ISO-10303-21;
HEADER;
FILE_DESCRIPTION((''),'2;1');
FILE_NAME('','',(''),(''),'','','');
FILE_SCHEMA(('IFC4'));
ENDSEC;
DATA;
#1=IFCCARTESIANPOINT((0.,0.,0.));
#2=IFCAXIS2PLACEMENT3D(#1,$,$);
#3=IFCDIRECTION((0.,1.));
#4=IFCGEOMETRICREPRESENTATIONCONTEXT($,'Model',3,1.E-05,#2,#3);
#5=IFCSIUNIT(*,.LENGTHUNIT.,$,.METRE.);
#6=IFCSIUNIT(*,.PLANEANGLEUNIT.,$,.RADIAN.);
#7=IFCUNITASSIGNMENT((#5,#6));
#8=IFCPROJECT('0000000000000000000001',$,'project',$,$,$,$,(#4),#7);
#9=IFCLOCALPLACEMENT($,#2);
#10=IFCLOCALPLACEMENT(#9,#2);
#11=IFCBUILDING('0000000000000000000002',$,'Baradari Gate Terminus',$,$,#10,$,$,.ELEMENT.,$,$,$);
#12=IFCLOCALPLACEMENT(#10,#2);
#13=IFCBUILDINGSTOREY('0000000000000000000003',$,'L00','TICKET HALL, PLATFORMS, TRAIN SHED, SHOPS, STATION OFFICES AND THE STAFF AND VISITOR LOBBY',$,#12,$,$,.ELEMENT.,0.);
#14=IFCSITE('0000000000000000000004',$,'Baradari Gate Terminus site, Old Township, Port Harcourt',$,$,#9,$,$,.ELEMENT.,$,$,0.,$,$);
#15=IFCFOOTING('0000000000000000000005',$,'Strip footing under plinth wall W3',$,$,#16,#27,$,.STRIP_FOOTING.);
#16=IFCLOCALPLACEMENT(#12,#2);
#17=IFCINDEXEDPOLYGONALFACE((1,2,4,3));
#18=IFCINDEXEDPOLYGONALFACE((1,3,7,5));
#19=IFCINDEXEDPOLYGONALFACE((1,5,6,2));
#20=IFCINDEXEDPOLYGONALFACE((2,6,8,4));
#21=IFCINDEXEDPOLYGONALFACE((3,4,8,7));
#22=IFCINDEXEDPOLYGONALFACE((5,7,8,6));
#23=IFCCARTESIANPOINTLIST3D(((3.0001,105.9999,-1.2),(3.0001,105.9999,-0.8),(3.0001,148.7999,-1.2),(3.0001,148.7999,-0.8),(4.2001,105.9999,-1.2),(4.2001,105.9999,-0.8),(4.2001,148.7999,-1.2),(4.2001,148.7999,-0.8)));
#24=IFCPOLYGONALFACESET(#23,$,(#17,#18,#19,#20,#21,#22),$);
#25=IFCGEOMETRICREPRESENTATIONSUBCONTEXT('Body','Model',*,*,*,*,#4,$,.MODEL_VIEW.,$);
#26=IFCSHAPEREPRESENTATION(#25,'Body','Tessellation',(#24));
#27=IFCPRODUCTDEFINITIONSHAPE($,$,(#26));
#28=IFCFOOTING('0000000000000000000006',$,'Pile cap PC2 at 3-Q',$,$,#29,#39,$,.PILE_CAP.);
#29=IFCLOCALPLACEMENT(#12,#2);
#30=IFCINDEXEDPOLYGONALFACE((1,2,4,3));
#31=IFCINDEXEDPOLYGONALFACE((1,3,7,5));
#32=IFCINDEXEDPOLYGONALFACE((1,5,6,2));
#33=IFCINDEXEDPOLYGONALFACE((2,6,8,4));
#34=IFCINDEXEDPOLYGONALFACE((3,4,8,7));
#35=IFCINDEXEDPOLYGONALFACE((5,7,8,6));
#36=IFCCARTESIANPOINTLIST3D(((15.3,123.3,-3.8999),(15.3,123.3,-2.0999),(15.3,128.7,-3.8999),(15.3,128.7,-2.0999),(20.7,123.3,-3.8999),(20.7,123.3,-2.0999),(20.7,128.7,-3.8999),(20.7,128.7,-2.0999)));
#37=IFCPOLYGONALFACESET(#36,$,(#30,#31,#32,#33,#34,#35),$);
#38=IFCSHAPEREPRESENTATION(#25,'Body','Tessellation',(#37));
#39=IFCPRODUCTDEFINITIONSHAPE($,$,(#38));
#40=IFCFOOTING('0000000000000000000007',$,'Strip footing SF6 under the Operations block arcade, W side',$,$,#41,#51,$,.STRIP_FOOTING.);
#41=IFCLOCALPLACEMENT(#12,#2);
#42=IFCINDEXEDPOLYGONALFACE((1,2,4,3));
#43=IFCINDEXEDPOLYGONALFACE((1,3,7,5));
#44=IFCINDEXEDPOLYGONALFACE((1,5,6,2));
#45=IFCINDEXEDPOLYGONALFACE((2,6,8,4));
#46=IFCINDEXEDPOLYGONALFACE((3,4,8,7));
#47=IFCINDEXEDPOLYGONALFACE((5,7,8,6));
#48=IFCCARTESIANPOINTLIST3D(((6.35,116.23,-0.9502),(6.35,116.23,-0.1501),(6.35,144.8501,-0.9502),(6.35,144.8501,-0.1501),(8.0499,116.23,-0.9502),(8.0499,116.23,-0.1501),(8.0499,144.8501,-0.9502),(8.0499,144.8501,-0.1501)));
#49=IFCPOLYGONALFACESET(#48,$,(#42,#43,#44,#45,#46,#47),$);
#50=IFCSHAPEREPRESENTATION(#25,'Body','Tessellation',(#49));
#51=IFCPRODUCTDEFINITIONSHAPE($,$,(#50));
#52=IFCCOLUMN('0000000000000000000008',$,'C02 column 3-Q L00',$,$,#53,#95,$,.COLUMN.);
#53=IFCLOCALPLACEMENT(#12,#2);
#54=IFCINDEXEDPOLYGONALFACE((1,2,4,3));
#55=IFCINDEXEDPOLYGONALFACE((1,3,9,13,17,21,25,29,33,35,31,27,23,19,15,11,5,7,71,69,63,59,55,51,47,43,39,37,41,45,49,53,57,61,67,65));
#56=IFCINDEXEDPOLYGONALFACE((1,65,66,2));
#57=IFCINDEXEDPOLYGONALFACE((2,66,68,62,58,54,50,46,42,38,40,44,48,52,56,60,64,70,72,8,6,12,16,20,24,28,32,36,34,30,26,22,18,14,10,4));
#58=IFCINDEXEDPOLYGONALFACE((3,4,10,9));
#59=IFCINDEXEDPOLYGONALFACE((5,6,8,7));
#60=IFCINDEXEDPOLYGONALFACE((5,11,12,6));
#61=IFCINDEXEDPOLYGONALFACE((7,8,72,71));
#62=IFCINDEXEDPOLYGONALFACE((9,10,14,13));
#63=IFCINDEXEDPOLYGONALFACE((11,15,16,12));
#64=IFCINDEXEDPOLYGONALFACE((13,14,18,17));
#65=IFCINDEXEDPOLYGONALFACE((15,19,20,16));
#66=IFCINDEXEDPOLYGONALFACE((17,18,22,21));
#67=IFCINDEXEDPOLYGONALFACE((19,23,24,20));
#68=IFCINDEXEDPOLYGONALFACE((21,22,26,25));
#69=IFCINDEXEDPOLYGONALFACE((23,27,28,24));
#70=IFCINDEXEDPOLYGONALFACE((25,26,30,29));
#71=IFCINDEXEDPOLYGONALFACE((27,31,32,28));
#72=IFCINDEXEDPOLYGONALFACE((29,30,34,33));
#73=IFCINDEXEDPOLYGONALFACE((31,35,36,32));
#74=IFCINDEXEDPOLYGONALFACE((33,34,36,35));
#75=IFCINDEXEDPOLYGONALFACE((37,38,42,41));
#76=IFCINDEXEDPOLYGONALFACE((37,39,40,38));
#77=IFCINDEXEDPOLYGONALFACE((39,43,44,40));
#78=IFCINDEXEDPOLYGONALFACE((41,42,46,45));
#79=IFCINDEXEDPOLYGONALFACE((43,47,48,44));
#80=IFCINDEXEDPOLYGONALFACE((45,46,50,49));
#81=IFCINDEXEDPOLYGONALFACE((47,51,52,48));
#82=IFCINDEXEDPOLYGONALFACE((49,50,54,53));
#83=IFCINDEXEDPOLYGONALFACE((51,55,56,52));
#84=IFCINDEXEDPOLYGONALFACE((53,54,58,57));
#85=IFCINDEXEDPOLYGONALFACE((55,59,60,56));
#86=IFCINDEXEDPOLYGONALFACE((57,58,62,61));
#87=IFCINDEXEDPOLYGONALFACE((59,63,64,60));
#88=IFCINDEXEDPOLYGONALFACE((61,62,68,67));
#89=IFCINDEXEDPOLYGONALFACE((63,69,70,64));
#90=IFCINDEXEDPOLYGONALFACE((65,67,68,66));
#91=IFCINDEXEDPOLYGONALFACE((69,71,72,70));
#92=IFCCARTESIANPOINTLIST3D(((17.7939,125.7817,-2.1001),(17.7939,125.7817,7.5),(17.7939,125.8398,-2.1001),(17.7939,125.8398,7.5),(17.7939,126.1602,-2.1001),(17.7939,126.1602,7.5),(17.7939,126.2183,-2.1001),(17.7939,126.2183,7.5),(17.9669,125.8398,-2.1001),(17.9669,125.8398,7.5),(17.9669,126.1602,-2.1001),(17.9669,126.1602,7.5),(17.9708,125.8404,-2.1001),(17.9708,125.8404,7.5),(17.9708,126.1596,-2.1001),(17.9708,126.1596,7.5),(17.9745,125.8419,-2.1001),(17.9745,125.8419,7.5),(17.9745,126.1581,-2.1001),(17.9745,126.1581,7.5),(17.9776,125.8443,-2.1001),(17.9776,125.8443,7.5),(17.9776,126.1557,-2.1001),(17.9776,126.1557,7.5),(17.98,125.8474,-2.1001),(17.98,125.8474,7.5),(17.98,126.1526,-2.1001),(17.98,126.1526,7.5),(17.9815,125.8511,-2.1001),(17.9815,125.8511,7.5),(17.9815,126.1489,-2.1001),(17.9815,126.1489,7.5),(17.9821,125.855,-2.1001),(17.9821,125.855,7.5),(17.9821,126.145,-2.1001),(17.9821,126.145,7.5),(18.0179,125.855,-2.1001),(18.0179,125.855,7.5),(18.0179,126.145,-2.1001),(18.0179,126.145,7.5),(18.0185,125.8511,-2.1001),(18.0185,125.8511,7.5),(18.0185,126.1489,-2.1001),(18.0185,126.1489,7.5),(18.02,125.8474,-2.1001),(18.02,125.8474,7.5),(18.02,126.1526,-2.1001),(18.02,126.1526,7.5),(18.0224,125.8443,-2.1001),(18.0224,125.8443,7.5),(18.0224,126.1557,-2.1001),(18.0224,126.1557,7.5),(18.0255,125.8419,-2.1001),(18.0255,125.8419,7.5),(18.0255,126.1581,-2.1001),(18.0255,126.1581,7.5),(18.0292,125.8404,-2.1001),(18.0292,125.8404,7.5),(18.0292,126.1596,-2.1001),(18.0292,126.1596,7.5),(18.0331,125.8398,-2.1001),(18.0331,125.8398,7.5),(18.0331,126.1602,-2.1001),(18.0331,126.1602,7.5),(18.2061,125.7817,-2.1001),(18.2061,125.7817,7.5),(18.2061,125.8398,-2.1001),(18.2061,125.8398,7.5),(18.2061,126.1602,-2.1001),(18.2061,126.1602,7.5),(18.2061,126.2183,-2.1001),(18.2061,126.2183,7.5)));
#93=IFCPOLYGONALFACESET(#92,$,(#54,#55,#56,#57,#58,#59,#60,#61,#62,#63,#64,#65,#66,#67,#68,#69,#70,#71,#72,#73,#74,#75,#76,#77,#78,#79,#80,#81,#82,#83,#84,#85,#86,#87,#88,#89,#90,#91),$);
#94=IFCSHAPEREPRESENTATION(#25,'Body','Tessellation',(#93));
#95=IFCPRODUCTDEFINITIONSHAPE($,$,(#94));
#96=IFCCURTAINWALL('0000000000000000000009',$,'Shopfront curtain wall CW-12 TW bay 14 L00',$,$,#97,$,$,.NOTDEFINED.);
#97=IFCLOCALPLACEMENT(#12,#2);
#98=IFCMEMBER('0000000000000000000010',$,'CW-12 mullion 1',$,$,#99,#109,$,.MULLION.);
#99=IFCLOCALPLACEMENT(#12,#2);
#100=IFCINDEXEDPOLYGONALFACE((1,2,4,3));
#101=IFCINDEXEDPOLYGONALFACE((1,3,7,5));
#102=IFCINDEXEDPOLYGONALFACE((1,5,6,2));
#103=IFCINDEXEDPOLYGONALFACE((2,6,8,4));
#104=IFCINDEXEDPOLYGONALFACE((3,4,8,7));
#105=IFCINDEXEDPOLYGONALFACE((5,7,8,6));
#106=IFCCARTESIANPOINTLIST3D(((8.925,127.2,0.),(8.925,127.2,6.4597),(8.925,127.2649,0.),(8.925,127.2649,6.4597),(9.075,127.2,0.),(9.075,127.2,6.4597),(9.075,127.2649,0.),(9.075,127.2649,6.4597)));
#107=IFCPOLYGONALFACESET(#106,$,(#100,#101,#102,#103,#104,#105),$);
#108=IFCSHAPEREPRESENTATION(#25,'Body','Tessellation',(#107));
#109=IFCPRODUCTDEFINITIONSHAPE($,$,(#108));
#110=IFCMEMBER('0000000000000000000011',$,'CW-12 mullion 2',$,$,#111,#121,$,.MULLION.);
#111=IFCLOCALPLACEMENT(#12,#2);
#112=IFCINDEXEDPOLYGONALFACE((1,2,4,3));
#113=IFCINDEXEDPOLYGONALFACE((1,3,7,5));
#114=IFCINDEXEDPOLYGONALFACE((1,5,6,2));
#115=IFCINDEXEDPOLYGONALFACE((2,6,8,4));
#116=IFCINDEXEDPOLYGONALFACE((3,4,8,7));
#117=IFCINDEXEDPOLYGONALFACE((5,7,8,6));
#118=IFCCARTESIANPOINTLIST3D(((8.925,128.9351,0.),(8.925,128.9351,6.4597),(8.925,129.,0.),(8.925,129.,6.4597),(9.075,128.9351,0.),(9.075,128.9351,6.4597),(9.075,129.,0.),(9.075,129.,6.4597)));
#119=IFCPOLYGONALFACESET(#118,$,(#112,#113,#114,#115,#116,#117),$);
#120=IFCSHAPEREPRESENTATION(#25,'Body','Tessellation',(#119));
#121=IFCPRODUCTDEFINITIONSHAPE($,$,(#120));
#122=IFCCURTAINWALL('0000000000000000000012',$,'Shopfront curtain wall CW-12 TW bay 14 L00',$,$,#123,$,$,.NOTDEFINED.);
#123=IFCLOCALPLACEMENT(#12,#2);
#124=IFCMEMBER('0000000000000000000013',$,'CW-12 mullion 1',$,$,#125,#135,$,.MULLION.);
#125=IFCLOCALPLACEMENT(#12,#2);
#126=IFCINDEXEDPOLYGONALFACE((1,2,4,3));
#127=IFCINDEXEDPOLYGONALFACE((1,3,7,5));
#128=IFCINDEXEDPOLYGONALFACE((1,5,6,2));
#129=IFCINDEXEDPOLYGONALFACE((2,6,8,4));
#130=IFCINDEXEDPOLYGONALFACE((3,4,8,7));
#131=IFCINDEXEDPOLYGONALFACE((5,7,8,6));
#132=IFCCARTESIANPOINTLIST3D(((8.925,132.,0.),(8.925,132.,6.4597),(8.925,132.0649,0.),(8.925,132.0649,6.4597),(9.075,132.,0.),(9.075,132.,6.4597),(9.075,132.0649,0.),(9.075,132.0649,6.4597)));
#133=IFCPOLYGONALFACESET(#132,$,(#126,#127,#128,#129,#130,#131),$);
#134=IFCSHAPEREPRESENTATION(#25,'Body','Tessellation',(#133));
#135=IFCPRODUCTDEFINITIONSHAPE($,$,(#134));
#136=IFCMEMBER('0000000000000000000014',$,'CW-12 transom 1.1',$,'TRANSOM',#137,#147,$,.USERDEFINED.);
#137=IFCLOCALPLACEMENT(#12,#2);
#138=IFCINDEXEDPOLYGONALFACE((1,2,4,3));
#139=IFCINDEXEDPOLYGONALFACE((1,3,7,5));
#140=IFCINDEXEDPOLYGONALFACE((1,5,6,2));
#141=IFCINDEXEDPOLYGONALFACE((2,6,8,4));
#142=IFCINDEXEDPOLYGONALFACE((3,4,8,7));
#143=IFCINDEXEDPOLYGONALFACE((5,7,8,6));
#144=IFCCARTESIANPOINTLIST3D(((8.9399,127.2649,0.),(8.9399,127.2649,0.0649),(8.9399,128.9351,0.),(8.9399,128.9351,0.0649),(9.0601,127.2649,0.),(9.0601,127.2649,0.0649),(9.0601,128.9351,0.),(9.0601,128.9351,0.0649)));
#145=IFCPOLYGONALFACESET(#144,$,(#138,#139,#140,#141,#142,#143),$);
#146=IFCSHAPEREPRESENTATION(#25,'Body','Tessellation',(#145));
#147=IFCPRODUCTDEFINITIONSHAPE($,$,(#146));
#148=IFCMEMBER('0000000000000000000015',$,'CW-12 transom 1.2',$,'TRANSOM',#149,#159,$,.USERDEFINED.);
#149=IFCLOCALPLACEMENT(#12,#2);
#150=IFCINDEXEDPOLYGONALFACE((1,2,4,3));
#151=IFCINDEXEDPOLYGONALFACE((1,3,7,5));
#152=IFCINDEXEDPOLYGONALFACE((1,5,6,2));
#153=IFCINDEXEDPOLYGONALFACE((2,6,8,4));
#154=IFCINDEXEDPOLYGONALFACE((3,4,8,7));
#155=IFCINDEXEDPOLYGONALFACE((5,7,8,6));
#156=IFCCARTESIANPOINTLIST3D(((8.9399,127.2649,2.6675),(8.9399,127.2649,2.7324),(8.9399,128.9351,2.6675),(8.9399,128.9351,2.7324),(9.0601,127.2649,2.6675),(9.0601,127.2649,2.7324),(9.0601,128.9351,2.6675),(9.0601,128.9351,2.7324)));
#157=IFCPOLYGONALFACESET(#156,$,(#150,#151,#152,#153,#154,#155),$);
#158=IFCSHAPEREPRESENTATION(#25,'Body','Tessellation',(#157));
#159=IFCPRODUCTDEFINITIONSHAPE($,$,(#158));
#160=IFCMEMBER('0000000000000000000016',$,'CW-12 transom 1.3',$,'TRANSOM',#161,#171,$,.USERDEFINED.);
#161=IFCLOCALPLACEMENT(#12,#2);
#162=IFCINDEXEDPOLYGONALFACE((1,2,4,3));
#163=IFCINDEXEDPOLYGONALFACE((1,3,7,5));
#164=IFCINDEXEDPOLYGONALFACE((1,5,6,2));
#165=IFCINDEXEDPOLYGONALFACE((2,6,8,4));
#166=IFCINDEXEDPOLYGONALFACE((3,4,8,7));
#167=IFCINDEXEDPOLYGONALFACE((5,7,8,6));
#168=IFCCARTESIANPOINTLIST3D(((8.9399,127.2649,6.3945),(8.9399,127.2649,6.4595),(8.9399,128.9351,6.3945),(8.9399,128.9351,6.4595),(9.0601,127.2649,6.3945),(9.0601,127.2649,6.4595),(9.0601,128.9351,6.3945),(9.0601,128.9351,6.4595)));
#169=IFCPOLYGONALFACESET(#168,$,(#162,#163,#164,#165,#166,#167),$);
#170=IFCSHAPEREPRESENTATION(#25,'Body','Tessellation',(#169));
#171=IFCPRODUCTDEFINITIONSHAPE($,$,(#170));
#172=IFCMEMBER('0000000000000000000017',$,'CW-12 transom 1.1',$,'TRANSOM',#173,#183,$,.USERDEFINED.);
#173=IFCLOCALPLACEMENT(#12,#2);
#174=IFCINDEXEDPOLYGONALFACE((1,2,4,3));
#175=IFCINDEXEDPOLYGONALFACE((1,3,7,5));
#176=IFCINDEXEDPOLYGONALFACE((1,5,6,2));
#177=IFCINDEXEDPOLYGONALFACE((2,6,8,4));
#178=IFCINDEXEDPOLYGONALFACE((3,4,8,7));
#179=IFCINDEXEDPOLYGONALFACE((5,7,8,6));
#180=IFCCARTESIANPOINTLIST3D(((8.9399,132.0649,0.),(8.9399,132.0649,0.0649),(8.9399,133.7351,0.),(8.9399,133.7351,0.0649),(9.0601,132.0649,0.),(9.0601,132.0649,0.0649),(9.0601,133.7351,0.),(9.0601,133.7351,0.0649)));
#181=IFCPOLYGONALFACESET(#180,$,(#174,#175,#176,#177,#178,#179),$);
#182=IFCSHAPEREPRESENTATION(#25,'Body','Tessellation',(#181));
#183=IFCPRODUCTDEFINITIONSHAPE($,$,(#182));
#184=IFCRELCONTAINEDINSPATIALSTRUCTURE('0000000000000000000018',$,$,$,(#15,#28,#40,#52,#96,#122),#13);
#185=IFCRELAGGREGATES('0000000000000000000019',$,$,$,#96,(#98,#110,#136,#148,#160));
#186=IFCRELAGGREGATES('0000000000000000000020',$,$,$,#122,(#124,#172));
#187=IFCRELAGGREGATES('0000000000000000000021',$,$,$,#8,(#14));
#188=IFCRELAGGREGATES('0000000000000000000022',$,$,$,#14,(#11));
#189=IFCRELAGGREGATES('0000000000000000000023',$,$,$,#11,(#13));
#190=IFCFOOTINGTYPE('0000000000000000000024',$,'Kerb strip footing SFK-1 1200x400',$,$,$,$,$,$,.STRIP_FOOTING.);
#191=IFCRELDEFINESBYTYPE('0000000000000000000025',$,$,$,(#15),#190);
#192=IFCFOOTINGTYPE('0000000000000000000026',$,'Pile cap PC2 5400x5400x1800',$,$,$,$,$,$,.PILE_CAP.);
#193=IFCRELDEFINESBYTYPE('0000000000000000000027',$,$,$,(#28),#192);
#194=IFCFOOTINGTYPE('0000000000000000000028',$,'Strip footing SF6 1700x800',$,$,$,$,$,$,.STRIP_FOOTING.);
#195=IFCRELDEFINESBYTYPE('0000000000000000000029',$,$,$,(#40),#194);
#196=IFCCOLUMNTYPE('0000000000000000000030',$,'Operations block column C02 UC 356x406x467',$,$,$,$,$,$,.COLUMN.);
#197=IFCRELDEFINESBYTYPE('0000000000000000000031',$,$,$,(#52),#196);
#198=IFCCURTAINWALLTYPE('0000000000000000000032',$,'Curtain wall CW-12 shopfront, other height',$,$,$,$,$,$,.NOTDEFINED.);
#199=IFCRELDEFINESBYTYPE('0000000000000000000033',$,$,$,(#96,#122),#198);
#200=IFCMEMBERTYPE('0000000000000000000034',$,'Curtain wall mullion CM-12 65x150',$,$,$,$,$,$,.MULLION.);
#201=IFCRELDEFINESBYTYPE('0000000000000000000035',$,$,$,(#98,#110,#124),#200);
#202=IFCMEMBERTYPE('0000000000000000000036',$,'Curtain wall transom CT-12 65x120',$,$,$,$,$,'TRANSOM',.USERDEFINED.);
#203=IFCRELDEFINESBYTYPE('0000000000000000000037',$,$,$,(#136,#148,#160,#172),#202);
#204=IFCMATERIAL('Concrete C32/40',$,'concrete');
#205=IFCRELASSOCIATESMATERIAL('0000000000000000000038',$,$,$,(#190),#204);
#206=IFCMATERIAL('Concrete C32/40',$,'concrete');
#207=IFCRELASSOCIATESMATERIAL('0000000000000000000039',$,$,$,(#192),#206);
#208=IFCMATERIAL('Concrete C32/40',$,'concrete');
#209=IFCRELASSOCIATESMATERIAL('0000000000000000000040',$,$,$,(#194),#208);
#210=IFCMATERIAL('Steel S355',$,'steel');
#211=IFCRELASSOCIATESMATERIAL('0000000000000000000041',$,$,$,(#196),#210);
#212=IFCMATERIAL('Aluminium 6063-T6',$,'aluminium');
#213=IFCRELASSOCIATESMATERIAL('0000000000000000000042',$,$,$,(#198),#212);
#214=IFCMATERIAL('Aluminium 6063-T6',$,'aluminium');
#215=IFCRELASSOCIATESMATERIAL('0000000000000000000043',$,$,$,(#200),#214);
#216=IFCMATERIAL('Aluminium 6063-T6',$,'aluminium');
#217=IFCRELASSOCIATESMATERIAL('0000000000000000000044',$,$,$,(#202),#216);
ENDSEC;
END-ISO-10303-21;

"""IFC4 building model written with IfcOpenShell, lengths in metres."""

from ifc_helpers import new_model, si_unit, direction, frame, origin, origin_2d, place, context, subcontext, project, spatial, rectangle, i_section, extrude, material, material_profile, profile_set, type_object, element, aggregate, save


model = new_model("IFC4")

# Units and contexts
model_context = context("Model", 3, precision=1e-05, world=origin(), true_north=direction((0.0, 1.0)))
body_context = subcontext(model_context, "Body", "Model", "MODEL_VIEW")
ifc_project = project(units=[si_unit("LENGTHUNIT", "METRE"), si_unit("PLANEANGLEUNIT", "RADIAN")], contexts=[model_context])

# Site, building, storey
site_placement = place(None, origin())
site = spatial("IfcSite", under=ifc_project, at=site_placement, Name="Baradari Gate Terminus site, Old Township, Port Harcourt", CompositionType="ELEMENT", RefElevation=0.0)
building_placement = place(site_placement, origin())
building = spatial("IfcBuilding", under=site, at=building_placement, Name="Baradari Gate Terminus", CompositionType="ELEMENT")
storey_placement = place(building_placement, origin())
storey = spatial("IfcBuildingStorey", under=building, at=storey_placement, Name="L00", Description="TICKET HALL, PLATFORMS, TRAIN SHED, SHOPS, STATION OFFICES AND THE STAFF AND VISITOR LOBBY", CompositionType="ELEMENT", Elevation=0.0)

# Footings
ifc_material_1 = material(Name="Concrete C32/40", Category="concrete")
footing_type_1 = type_object("IfcFootingType", Name="Kerb strip footing SFK-1 1200x400", PredefinedType="STRIP_FOOTING", material=ifc_material_1)
footing_1_placement = place(storey_placement, frame((3.6001, 127.3999, -1.2), z_axis=(0.0, 0.0, 1.0), x_axis=(1.0, 0.0, 0.0)))
element("IfcFooting", 1, at=footing_1_placement, inside=storey, type_object=footing_type_1, Name="Strip footing under plinth wall W3", PredefinedType="STRIP_FOOTING", context=body_context, shape_type="SweptSolid", body=[
    extrude(rectangle(XDim=1.2, YDim=42.8, at=origin_2d()), origin(), (0.0, 0.0, 1.0), 0.3999),
])
ifc_material_2 = material(Name="Concrete C32/40", Category="concrete")
footing_type_2 = type_object("IfcFootingType", Name="Pile cap PC2 5400x5400x1800", PredefinedType="PILE_CAP", material=ifc_material_2)
footing_2_placement = place(storey_placement, frame((18.0, 126.0, -3.8999), z_axis=(0.0, 0.0, 1.0), x_axis=(1.0, 0.0, 0.0)))
element("IfcFooting", 2, at=footing_2_placement, inside=storey, type_object=footing_type_2, Name="Pile cap PC2 at 3-Q", PredefinedType="PILE_CAP", context=body_context, shape_type="SweptSolid", body=[
    extrude(rectangle(XDim=5.3999, YDim=5.3999, at=origin_2d()), origin(), (0.0, 0.0, 1.0), 1.8),
])
ifc_material_3 = material(Name="Concrete C32/40", Category="concrete")
footing_type_3 = type_object("IfcFootingType", Name="Strip footing SF6 1700x800", PredefinedType="STRIP_FOOTING", material=ifc_material_3)
footing_3_placement = place(storey_placement, frame((7.2, 130.54, -0.9502), z_axis=(0.0, 0.0, 1.0), x_axis=(1.0, 0.0, 0.0)))
element("IfcFooting", 3, at=footing_3_placement, inside=storey, type_object=footing_type_3, Name="Strip footing SF6 under the Operations block arcade, W side", PredefinedType="STRIP_FOOTING", context=body_context, shape_type="SweptSolid", body=[
    extrude(rectangle(XDim=1.7, YDim=28.6201, at=origin_2d()), origin(), (0.0, 0.0, 1.0), 0.8),
])

# Column
ifc_material_4 = material(Name="Steel S355", Category="steel")
ifc_material_profile_1 = material_profile(ifc_material_4, i_section(OverallWidth=0.4121, OverallDepth=0.4365, WebThickness=0.0359, FlangeThickness=0.0581, FilletRadius=0.0151, at=origin_2d()), Name="UC 356x406x467")
ifc_profile_set_1 = profile_set([ifc_material_profile_1], Name="Steel S355")
column_type = type_object("IfcColumnType", Name="Operations block column C02 UC 356x406x467", PredefinedType="COLUMN", material=ifc_profile_set_1)
column_placement = place(storey_placement, frame((18.0, 126.0, -2.1001), z_axis=(0.0, 0.0, 1.0), x_axis=(1.0, 0.0, 0.0)))
element("IfcColumn", 4, at=column_placement, inside=storey, type_object=column_type, Name="C02 column 3-Q L00", PredefinedType="COLUMN", context=body_context, shape_type="SweptSolid", body=[
    extrude(i_section(OverallWidth=0.4121, OverallDepth=0.4365, WebThickness=0.0359, FlangeThickness=0.0581, FilletRadius=0.0151, at=origin_2d()), origin(), (0.0, 0.0, 1.0), 9.6001),
])

# Curtain wall, members
ifc_material_5 = material(Name="Aluminium 6063-T6", Category="aluminium")
curtain_wall_type = type_object("IfcCurtainWallType", Name="Curtain wall CW-12 shopfront, other height", PredefinedType="NOTDEFINED", material=ifc_material_5)
curtain_wall_1_placement = place(storey_placement, origin())
curtain_wall_1 = element("IfcCurtainWall", 5, at=curtain_wall_1_placement, inside=storey, type_object=curtain_wall_type, Name="Shopfront curtain wall CW-12 TW bay 14 L00", PredefinedType="NOTDEFINED")
ifc_material_6 = material(Name="Aluminium 6063-T6", Category="aluminium")
ifc_material_profile_2 = material_profile(ifc_material_6, rectangle(XDim=0.1499, YDim=0.0649, at=origin_2d()), Name="CM-12 65X150")
ifc_profile_set_2 = profile_set([ifc_material_profile_2], Name="Aluminium 6063-T6")
member_type_1 = type_object("IfcMemberType", Name="Curtain wall mullion CM-12 65x150", PredefinedType="MULLION", material=ifc_profile_set_2)
member_1_placement = place(storey_placement, frame((9.0, 127.2324, 0.0), z_axis=(0.0, 0.0, 1.0), x_axis=(-1.0, 0.0, 0.0)))
member_1 = element("IfcMember", 6, at=member_1_placement, type_object=member_type_1, Name="CW-12 mullion 1", PredefinedType="MULLION", context=body_context, shape_type="SweptSolid", body=[
    extrude(rectangle(XDim=0.1499, YDim=0.0649, at=origin_2d()), origin(), (0.0, 0.0, 1.0), 6.4597),
])
member_2_placement = place(storey_placement, frame((9.0, 128.9675, 0.0), z_axis=(0.0, 0.0, 1.0), x_axis=(-1.0, 0.0, 0.0)))
member_2 = element("IfcMember", 7, at=member_2_placement, type_object=member_type_1, Name="CW-12 mullion 2", PredefinedType="MULLION", context=body_context, shape_type="SweptSolid", body=[
    extrude(rectangle(XDim=0.1499, YDim=0.0649, at=origin_2d()), origin(), (0.0, 0.0, 1.0), 6.4597),
])

# Curtain wall, member
curtain_wall_2_placement = place(storey_placement, origin())
curtain_wall_2 = element("IfcCurtainWall", 8, at=curtain_wall_2_placement, inside=storey, type_object=curtain_wall_type, Name="Shopfront curtain wall CW-12 TW bay 14 L00", PredefinedType="NOTDEFINED")
member_3_placement = place(storey_placement, frame((9.0, 132.0325, 0.0), z_axis=(0.0, 0.0, 1.0), x_axis=(-1.0, 0.0, 0.0)))
member_3 = element("IfcMember", 9, at=member_3_placement, type_object=member_type_1, Name="CW-12 mullion 1", PredefinedType="MULLION", context=body_context, shape_type="SweptSolid", body=[
    extrude(rectangle(XDim=0.1499, YDim=0.0649, at=origin_2d()), origin(), (0.0, 0.0, 1.0), 6.4597),
])

# Members
ifc_material_7 = material(Name="Aluminium 6063-T6", Category="aluminium")
ifc_material_profile_3 = material_profile(ifc_material_7, rectangle(XDim=0.1201, YDim=0.0649, at=origin_2d()), Name="CT-12 65X120")
ifc_profile_set_3 = profile_set([ifc_material_profile_3], Name="Aluminium 6063-T6")
member_type_2 = type_object("IfcMemberType", Name="Curtain wall transom CT-12 65x120", ElementType="TRANSOM", PredefinedType="USERDEFINED", material=ifc_profile_set_3)
member_4_placement = place(storey_placement, frame((9.0, 127.2649, 0.0325), z_axis=(0.0, 1.0, 0.0), x_axis=(-1.0, 0.0, 0.0)))
member_4 = element("IfcMember", 10, at=member_4_placement, type_object=member_type_2, Name="CW-12 transom 1.1", ObjectType="TRANSOM", PredefinedType="USERDEFINED", context=body_context, shape_type="SweptSolid", body=[
    extrude(rectangle(XDim=0.1201, YDim=0.0649, at=origin_2d()), origin(), (0.0, 0.0, 1.0), 1.6702),
])
member_5_placement = place(storey_placement, frame((9.0, 127.2649, 2.7), z_axis=(0.0, 1.0, 0.0), x_axis=(-1.0, 0.0, 0.0)))
member_5 = element("IfcMember", 11, at=member_5_placement, type_object=member_type_2, Name="CW-12 transom 1.2", ObjectType="TRANSOM", PredefinedType="USERDEFINED", context=body_context, shape_type="SweptSolid", body=[
    extrude(rectangle(XDim=0.1201, YDim=0.0649, at=origin_2d()), origin(), (0.0, 0.0, 1.0), 1.6702),
])
member_6_placement = place(storey_placement, frame((9.0, 127.2649, 6.427), z_axis=(0.0, 1.0, 0.0), x_axis=(-1.0, 0.0, 0.0)))
member_6 = element("IfcMember", 12, at=member_6_placement, type_object=member_type_2, Name="CW-12 transom 1.3", ObjectType="TRANSOM", PredefinedType="USERDEFINED", context=body_context, shape_type="SweptSolid", body=[
    extrude(rectangle(XDim=0.1201, YDim=0.0649, at=origin_2d()), origin(), (0.0, 0.0, 1.0), 1.6702),
])
member_7_placement = place(storey_placement, frame((9.0, 132.0649, 0.0325), z_axis=(0.0, 1.0, 0.0), x_axis=(-1.0, 0.0, 0.0)))
member_7 = element("IfcMember", 13, at=member_7_placement, type_object=member_type_2, Name="CW-12 transom 1.1", ObjectType="TRANSOM", PredefinedType="USERDEFINED", context=body_context, shape_type="SweptSolid", body=[
    extrude(rectangle(XDim=0.1201, YDim=0.0649, at=origin_2d()), origin(), (0.0, 0.0, 1.0), 1.6702),
])

aggregate(curtain_wall_1, [member_1, member_2, member_4, member_5, member_6])
aggregate(curtain_wall_2, [member_3, member_7])

save(model, "model.ifc")
